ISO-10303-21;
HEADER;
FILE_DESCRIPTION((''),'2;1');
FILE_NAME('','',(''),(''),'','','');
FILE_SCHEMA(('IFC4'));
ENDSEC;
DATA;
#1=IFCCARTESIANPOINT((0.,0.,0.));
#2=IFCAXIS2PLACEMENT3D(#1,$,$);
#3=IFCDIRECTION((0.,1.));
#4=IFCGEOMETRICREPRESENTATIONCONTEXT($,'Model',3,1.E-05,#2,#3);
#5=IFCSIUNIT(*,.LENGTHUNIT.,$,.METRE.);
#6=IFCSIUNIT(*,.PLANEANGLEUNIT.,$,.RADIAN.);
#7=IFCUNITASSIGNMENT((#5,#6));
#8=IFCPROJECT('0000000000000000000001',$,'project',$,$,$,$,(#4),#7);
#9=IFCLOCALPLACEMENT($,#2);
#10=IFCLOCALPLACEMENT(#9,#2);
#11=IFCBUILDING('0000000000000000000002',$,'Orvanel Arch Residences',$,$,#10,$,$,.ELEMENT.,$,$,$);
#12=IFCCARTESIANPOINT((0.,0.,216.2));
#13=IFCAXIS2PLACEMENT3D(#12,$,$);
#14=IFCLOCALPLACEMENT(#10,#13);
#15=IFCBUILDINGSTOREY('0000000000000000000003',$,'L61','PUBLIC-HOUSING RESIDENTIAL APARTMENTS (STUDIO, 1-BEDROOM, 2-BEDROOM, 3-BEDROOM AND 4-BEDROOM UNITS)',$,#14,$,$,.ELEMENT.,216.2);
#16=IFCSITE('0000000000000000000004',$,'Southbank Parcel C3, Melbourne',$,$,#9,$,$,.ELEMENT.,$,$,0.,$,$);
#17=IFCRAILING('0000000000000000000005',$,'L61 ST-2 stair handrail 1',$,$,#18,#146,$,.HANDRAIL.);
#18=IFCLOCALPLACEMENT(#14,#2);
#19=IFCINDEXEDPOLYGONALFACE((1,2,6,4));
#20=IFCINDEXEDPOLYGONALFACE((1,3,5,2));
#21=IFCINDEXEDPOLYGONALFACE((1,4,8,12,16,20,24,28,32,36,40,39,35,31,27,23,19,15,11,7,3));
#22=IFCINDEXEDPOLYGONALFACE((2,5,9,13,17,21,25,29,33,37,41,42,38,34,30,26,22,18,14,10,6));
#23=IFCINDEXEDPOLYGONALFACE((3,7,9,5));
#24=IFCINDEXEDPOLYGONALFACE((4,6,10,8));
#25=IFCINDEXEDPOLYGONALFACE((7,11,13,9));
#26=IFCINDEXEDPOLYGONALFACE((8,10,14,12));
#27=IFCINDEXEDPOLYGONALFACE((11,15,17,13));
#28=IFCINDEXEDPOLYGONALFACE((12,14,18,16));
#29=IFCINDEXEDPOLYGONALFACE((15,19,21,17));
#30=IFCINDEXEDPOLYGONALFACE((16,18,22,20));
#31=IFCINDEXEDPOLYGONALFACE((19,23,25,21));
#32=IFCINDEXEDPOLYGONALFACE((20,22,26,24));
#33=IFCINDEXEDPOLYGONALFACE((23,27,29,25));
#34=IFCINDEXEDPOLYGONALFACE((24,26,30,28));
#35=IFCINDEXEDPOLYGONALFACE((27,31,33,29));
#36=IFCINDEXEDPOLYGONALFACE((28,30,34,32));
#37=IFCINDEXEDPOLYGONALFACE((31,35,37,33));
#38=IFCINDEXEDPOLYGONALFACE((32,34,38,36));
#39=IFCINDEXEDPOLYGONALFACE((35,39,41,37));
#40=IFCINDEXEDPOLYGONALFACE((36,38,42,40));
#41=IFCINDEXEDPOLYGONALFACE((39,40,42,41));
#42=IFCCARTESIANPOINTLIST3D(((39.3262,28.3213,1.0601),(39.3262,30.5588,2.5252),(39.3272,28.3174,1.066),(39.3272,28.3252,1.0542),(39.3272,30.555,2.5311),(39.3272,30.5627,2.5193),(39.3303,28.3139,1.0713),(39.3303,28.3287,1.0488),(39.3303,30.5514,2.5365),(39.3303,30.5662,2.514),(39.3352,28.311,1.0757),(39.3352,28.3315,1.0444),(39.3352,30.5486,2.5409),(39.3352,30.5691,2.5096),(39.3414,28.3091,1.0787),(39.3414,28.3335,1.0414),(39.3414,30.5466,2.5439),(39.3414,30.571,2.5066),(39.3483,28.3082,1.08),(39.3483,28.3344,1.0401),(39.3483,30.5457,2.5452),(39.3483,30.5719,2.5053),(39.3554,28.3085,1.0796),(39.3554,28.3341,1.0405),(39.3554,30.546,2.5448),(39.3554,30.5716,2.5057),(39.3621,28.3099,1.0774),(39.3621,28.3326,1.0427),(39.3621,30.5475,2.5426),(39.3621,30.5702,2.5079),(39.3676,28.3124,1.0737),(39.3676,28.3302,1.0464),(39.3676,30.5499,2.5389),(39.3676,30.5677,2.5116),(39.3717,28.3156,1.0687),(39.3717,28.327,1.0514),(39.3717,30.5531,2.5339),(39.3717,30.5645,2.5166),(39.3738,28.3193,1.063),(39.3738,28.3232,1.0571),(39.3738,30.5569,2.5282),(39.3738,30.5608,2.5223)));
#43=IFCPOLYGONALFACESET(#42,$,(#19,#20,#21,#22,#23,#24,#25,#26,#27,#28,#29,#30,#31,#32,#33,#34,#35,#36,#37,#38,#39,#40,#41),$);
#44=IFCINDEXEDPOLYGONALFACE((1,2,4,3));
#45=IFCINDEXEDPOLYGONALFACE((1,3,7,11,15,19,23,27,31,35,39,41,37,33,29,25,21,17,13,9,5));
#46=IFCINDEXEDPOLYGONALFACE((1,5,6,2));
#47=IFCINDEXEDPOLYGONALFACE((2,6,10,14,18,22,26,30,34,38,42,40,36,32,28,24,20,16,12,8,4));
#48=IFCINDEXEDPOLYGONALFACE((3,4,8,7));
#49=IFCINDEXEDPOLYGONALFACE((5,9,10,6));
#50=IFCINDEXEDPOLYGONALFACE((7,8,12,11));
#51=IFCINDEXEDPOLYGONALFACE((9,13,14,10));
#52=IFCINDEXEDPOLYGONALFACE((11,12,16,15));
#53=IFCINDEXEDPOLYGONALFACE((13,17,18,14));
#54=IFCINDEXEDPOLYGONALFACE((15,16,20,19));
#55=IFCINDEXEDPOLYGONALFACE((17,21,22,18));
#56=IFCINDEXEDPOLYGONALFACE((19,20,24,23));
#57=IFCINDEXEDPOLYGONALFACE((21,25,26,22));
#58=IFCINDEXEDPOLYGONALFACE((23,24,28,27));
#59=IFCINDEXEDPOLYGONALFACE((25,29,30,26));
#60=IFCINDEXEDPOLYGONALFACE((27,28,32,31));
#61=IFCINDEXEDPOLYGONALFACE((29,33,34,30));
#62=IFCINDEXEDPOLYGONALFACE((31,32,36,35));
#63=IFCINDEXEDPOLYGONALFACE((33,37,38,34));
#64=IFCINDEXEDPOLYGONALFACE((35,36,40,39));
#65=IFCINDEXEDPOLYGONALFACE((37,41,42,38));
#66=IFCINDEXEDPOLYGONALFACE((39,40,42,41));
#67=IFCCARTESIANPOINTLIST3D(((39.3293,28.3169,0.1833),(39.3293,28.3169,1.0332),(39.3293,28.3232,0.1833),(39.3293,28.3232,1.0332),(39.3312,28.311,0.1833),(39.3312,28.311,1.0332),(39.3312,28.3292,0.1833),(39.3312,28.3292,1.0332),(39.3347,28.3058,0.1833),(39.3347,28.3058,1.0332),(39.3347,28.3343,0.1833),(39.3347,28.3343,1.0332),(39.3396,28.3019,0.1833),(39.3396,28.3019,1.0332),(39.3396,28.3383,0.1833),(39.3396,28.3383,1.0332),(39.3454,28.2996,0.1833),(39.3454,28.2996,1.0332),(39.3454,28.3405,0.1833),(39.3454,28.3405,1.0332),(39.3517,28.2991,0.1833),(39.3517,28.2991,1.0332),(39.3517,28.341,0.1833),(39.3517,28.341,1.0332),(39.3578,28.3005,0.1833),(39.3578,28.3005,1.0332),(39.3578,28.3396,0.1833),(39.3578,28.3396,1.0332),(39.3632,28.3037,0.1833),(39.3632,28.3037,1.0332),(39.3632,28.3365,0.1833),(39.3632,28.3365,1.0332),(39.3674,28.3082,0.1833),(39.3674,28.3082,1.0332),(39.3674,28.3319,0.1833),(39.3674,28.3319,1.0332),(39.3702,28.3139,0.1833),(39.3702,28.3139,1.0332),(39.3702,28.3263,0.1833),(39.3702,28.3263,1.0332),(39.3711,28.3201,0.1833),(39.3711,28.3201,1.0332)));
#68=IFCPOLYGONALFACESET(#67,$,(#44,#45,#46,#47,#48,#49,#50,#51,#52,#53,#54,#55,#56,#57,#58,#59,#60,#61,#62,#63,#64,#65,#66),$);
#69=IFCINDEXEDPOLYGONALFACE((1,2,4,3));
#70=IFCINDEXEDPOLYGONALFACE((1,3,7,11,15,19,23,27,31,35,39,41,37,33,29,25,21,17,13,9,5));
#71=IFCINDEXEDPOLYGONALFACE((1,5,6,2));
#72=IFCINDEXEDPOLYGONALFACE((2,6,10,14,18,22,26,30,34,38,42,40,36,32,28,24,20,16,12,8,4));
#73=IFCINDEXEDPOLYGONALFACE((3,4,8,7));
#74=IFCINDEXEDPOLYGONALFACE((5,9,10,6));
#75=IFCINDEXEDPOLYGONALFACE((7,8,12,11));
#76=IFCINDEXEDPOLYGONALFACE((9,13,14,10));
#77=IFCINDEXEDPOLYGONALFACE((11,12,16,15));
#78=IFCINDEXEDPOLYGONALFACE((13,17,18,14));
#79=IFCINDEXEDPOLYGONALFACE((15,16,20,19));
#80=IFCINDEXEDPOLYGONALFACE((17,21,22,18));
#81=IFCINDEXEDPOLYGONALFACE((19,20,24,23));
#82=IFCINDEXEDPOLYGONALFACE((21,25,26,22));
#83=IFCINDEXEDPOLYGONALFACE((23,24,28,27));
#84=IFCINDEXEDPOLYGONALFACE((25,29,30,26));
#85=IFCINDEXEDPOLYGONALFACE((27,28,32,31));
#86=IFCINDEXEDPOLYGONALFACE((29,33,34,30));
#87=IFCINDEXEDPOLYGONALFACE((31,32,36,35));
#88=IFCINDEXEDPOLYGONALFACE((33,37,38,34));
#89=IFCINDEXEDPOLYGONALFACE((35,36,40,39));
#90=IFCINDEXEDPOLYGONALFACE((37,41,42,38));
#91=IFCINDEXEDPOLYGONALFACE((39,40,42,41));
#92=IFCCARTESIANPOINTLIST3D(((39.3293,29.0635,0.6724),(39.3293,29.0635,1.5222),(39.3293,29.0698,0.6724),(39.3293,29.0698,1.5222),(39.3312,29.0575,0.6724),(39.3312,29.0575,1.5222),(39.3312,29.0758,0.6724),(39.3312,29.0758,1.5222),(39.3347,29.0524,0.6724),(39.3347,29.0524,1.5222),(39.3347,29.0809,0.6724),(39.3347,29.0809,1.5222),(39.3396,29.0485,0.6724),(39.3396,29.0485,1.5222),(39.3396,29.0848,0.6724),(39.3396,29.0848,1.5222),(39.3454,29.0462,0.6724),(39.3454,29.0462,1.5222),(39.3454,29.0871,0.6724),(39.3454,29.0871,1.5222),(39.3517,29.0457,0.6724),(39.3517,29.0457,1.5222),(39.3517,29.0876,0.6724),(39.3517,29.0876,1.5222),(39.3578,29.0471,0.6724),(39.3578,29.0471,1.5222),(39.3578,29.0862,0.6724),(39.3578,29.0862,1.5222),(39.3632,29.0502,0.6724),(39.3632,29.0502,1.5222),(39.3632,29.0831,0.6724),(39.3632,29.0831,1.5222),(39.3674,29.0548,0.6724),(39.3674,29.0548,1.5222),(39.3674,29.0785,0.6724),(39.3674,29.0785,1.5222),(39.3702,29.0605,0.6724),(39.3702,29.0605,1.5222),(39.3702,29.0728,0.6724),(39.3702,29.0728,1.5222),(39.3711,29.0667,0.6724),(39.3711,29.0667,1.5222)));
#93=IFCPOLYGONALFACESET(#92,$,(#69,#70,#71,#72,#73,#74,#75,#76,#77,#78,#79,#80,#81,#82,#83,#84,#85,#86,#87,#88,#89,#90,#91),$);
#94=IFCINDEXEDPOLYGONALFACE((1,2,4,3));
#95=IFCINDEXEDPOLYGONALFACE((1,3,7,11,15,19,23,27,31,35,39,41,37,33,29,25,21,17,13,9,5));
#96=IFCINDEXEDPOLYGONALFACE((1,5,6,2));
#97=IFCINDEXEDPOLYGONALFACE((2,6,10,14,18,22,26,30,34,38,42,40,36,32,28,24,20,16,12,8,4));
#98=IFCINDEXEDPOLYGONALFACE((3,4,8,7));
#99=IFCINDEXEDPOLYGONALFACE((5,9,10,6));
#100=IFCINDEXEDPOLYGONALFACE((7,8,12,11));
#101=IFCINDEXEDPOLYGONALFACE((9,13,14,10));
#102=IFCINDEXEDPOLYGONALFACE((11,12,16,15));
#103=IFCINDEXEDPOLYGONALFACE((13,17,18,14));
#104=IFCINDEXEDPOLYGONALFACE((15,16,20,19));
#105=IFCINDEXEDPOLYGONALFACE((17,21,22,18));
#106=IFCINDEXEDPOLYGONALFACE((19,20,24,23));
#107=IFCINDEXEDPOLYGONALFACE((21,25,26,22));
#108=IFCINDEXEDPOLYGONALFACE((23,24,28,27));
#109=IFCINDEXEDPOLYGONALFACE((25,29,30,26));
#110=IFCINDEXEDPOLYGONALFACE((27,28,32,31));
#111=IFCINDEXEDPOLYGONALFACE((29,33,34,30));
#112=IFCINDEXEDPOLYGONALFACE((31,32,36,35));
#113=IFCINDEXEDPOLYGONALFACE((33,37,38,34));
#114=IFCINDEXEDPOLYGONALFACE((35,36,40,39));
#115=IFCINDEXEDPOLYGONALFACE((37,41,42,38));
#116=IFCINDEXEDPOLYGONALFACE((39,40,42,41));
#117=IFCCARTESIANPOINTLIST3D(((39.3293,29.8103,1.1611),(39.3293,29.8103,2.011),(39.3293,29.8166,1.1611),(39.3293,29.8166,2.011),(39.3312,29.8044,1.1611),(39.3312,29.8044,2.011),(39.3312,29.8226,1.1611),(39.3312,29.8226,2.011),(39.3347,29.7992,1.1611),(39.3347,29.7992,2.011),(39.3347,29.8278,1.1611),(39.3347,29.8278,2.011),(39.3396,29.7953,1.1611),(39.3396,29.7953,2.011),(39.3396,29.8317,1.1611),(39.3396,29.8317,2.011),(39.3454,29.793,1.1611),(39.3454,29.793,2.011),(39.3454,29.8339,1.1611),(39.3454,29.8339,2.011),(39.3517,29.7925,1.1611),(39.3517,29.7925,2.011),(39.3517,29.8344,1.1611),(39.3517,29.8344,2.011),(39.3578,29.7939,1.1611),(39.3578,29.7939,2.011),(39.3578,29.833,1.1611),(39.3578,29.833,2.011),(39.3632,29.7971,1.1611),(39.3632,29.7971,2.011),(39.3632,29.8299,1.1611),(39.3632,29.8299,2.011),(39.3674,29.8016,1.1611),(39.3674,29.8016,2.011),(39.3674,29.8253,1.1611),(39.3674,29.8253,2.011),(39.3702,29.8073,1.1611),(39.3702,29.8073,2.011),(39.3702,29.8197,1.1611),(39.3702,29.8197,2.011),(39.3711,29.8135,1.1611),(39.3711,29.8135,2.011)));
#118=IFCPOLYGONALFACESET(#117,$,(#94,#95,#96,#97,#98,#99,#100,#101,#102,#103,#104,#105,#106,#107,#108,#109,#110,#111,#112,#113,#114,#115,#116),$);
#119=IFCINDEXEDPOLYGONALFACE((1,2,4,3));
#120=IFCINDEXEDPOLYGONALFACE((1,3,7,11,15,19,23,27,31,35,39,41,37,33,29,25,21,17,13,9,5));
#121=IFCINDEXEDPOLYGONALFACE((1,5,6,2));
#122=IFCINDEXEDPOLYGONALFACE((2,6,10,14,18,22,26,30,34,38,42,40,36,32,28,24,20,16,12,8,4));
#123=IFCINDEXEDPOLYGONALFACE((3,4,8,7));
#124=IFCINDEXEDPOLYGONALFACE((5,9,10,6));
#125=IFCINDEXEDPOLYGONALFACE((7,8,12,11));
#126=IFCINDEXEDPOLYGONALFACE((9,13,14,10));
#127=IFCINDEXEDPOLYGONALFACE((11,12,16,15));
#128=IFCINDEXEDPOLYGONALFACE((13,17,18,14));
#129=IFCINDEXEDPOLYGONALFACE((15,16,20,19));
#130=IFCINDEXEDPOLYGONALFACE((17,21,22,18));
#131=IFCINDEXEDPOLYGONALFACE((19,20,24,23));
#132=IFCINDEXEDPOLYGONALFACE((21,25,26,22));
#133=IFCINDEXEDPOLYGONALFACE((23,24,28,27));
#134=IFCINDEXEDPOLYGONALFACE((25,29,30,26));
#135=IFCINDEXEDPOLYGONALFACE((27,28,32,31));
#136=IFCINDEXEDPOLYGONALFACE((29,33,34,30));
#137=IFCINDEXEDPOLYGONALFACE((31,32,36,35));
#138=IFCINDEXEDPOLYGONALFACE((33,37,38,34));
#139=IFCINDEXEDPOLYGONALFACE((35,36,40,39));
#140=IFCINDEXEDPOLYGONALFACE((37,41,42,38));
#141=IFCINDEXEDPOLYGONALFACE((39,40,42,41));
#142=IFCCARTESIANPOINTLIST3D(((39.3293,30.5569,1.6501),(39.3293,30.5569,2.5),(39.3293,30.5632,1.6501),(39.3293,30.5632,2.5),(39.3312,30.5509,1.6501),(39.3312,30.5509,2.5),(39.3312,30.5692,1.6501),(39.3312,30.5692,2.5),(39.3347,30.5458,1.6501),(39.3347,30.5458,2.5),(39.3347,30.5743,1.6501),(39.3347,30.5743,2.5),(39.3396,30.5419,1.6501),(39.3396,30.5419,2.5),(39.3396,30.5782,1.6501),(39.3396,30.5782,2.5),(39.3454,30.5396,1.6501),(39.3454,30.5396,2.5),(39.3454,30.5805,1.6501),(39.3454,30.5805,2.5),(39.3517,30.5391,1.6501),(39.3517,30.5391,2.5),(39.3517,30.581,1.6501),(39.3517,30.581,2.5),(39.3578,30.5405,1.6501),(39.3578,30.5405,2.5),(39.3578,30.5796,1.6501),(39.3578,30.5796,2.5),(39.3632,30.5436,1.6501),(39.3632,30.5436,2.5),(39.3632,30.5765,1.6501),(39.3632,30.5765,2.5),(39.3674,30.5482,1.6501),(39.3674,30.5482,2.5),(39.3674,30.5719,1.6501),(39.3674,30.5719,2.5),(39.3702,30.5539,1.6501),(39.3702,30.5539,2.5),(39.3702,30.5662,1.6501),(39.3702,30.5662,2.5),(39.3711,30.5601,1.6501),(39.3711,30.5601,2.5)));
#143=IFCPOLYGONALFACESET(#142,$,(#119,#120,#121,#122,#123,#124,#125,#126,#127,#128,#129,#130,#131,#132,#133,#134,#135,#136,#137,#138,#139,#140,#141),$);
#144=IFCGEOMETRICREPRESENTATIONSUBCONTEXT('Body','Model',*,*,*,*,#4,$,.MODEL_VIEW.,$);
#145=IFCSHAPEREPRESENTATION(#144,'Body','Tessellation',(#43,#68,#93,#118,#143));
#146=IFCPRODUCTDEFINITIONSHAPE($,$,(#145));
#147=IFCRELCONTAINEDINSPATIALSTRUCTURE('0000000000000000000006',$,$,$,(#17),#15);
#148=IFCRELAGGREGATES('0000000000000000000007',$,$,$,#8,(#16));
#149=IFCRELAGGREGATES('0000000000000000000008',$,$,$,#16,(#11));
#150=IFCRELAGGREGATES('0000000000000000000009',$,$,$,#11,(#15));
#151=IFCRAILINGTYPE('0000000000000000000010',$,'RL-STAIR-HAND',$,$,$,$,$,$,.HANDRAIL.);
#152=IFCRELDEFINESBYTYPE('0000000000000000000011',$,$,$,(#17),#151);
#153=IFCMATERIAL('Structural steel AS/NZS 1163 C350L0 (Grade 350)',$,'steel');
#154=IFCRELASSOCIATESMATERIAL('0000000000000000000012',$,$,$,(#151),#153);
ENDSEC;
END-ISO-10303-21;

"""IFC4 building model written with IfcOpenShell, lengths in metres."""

from ifc_helpers import new_model, si_unit, direction, frame, origin, origin_2d, place, context, subcontext, project, spatial, circle, extrude, material, type_object, element, save


model = new_model("IFC4")

# Units and contexts
model_context = context("Model", 3, precision=1e-05, world=origin(), true_north=direction((0.0, 1.0)))
body_context = subcontext(model_context, "Body", "Model", "MODEL_VIEW")
ifc_project = project(units=[si_unit("LENGTHUNIT", "METRE"), si_unit("PLANEANGLEUNIT", "RADIAN")], contexts=[model_context])

# Site, building, storey
site_placement = place(None, origin())
site = spatial("IfcSite", under=ifc_project, at=site_placement, Name="Southbank Parcel C3, Melbourne", CompositionType="ELEMENT", RefElevation=0.0)
building_placement = place(site_placement, origin())
building = spatial("IfcBuilding", under=site, at=building_placement, Name="Orvanel Arch Residences", CompositionType="ELEMENT")
storey_placement = place(building_placement, frame((0.0, 0.0, 216.2)))
storey = spatial("IfcBuildingStorey", under=building, at=storey_placement, Name="L61", Description="PUBLIC-HOUSING RESIDENTIAL APARTMENTS (STUDIO, 1-BEDROOM, 2-BEDROOM, 3-BEDROOM AND 4-BEDROOM UNITS)", CompositionType="ELEMENT", Elevation=216.2)

# Railing
ifc_material_1 = material(Name="Structural steel AS/NZS 1163 C350L0 (Grade 350)", Category="steel")
railing_type_1 = type_object("IfcRailingType", Name="RL-STAIR-HAND", PredefinedType="HANDRAIL", material=ifc_material_1)
railing_1_placement = place(storey_placement, frame((39.3501, 28.3201, 0.1833)))
element("IfcRailing", 1, at=railing_1_placement, inside=storey, type_object=railing_type_1, Name="L61 ST-2 stair handrail 1", PredefinedType="HANDRAIL", context=body_context, shape_type="SweptSolid", body=[
    extrude(circle(Radius=0.0239, at=origin_2d()), frame((0.0, 0.0012, 0.8767), z_axis=(0.0, 0.836595, 0.547822), x_axis=(-1.0, 0.0, 0.0)), (0.0, 0.0, 1.0), 2.6746),
    extrude(circle(Radius=0.021, at=origin_2d()), origin(), (0.0, 0.0, 1.0), 0.8499),
    extrude(circle(Radius=0.021, at=origin_2d()), frame((0.0, 0.7466, 0.489)), (0.0, 0.0, 1.0), 0.8499),
    extrude(circle(Radius=0.021, at=origin_2d()), frame((0.0, 1.4934, 0.9778)), (0.0, 0.0, 1.0), 0.8499),
    extrude(circle(Radius=0.021, at=origin_2d()), frame((0.0, 2.24, 1.4668)), (0.0, 0.0, 1.0), 0.8499),
])

save(model, "model.ifc")
